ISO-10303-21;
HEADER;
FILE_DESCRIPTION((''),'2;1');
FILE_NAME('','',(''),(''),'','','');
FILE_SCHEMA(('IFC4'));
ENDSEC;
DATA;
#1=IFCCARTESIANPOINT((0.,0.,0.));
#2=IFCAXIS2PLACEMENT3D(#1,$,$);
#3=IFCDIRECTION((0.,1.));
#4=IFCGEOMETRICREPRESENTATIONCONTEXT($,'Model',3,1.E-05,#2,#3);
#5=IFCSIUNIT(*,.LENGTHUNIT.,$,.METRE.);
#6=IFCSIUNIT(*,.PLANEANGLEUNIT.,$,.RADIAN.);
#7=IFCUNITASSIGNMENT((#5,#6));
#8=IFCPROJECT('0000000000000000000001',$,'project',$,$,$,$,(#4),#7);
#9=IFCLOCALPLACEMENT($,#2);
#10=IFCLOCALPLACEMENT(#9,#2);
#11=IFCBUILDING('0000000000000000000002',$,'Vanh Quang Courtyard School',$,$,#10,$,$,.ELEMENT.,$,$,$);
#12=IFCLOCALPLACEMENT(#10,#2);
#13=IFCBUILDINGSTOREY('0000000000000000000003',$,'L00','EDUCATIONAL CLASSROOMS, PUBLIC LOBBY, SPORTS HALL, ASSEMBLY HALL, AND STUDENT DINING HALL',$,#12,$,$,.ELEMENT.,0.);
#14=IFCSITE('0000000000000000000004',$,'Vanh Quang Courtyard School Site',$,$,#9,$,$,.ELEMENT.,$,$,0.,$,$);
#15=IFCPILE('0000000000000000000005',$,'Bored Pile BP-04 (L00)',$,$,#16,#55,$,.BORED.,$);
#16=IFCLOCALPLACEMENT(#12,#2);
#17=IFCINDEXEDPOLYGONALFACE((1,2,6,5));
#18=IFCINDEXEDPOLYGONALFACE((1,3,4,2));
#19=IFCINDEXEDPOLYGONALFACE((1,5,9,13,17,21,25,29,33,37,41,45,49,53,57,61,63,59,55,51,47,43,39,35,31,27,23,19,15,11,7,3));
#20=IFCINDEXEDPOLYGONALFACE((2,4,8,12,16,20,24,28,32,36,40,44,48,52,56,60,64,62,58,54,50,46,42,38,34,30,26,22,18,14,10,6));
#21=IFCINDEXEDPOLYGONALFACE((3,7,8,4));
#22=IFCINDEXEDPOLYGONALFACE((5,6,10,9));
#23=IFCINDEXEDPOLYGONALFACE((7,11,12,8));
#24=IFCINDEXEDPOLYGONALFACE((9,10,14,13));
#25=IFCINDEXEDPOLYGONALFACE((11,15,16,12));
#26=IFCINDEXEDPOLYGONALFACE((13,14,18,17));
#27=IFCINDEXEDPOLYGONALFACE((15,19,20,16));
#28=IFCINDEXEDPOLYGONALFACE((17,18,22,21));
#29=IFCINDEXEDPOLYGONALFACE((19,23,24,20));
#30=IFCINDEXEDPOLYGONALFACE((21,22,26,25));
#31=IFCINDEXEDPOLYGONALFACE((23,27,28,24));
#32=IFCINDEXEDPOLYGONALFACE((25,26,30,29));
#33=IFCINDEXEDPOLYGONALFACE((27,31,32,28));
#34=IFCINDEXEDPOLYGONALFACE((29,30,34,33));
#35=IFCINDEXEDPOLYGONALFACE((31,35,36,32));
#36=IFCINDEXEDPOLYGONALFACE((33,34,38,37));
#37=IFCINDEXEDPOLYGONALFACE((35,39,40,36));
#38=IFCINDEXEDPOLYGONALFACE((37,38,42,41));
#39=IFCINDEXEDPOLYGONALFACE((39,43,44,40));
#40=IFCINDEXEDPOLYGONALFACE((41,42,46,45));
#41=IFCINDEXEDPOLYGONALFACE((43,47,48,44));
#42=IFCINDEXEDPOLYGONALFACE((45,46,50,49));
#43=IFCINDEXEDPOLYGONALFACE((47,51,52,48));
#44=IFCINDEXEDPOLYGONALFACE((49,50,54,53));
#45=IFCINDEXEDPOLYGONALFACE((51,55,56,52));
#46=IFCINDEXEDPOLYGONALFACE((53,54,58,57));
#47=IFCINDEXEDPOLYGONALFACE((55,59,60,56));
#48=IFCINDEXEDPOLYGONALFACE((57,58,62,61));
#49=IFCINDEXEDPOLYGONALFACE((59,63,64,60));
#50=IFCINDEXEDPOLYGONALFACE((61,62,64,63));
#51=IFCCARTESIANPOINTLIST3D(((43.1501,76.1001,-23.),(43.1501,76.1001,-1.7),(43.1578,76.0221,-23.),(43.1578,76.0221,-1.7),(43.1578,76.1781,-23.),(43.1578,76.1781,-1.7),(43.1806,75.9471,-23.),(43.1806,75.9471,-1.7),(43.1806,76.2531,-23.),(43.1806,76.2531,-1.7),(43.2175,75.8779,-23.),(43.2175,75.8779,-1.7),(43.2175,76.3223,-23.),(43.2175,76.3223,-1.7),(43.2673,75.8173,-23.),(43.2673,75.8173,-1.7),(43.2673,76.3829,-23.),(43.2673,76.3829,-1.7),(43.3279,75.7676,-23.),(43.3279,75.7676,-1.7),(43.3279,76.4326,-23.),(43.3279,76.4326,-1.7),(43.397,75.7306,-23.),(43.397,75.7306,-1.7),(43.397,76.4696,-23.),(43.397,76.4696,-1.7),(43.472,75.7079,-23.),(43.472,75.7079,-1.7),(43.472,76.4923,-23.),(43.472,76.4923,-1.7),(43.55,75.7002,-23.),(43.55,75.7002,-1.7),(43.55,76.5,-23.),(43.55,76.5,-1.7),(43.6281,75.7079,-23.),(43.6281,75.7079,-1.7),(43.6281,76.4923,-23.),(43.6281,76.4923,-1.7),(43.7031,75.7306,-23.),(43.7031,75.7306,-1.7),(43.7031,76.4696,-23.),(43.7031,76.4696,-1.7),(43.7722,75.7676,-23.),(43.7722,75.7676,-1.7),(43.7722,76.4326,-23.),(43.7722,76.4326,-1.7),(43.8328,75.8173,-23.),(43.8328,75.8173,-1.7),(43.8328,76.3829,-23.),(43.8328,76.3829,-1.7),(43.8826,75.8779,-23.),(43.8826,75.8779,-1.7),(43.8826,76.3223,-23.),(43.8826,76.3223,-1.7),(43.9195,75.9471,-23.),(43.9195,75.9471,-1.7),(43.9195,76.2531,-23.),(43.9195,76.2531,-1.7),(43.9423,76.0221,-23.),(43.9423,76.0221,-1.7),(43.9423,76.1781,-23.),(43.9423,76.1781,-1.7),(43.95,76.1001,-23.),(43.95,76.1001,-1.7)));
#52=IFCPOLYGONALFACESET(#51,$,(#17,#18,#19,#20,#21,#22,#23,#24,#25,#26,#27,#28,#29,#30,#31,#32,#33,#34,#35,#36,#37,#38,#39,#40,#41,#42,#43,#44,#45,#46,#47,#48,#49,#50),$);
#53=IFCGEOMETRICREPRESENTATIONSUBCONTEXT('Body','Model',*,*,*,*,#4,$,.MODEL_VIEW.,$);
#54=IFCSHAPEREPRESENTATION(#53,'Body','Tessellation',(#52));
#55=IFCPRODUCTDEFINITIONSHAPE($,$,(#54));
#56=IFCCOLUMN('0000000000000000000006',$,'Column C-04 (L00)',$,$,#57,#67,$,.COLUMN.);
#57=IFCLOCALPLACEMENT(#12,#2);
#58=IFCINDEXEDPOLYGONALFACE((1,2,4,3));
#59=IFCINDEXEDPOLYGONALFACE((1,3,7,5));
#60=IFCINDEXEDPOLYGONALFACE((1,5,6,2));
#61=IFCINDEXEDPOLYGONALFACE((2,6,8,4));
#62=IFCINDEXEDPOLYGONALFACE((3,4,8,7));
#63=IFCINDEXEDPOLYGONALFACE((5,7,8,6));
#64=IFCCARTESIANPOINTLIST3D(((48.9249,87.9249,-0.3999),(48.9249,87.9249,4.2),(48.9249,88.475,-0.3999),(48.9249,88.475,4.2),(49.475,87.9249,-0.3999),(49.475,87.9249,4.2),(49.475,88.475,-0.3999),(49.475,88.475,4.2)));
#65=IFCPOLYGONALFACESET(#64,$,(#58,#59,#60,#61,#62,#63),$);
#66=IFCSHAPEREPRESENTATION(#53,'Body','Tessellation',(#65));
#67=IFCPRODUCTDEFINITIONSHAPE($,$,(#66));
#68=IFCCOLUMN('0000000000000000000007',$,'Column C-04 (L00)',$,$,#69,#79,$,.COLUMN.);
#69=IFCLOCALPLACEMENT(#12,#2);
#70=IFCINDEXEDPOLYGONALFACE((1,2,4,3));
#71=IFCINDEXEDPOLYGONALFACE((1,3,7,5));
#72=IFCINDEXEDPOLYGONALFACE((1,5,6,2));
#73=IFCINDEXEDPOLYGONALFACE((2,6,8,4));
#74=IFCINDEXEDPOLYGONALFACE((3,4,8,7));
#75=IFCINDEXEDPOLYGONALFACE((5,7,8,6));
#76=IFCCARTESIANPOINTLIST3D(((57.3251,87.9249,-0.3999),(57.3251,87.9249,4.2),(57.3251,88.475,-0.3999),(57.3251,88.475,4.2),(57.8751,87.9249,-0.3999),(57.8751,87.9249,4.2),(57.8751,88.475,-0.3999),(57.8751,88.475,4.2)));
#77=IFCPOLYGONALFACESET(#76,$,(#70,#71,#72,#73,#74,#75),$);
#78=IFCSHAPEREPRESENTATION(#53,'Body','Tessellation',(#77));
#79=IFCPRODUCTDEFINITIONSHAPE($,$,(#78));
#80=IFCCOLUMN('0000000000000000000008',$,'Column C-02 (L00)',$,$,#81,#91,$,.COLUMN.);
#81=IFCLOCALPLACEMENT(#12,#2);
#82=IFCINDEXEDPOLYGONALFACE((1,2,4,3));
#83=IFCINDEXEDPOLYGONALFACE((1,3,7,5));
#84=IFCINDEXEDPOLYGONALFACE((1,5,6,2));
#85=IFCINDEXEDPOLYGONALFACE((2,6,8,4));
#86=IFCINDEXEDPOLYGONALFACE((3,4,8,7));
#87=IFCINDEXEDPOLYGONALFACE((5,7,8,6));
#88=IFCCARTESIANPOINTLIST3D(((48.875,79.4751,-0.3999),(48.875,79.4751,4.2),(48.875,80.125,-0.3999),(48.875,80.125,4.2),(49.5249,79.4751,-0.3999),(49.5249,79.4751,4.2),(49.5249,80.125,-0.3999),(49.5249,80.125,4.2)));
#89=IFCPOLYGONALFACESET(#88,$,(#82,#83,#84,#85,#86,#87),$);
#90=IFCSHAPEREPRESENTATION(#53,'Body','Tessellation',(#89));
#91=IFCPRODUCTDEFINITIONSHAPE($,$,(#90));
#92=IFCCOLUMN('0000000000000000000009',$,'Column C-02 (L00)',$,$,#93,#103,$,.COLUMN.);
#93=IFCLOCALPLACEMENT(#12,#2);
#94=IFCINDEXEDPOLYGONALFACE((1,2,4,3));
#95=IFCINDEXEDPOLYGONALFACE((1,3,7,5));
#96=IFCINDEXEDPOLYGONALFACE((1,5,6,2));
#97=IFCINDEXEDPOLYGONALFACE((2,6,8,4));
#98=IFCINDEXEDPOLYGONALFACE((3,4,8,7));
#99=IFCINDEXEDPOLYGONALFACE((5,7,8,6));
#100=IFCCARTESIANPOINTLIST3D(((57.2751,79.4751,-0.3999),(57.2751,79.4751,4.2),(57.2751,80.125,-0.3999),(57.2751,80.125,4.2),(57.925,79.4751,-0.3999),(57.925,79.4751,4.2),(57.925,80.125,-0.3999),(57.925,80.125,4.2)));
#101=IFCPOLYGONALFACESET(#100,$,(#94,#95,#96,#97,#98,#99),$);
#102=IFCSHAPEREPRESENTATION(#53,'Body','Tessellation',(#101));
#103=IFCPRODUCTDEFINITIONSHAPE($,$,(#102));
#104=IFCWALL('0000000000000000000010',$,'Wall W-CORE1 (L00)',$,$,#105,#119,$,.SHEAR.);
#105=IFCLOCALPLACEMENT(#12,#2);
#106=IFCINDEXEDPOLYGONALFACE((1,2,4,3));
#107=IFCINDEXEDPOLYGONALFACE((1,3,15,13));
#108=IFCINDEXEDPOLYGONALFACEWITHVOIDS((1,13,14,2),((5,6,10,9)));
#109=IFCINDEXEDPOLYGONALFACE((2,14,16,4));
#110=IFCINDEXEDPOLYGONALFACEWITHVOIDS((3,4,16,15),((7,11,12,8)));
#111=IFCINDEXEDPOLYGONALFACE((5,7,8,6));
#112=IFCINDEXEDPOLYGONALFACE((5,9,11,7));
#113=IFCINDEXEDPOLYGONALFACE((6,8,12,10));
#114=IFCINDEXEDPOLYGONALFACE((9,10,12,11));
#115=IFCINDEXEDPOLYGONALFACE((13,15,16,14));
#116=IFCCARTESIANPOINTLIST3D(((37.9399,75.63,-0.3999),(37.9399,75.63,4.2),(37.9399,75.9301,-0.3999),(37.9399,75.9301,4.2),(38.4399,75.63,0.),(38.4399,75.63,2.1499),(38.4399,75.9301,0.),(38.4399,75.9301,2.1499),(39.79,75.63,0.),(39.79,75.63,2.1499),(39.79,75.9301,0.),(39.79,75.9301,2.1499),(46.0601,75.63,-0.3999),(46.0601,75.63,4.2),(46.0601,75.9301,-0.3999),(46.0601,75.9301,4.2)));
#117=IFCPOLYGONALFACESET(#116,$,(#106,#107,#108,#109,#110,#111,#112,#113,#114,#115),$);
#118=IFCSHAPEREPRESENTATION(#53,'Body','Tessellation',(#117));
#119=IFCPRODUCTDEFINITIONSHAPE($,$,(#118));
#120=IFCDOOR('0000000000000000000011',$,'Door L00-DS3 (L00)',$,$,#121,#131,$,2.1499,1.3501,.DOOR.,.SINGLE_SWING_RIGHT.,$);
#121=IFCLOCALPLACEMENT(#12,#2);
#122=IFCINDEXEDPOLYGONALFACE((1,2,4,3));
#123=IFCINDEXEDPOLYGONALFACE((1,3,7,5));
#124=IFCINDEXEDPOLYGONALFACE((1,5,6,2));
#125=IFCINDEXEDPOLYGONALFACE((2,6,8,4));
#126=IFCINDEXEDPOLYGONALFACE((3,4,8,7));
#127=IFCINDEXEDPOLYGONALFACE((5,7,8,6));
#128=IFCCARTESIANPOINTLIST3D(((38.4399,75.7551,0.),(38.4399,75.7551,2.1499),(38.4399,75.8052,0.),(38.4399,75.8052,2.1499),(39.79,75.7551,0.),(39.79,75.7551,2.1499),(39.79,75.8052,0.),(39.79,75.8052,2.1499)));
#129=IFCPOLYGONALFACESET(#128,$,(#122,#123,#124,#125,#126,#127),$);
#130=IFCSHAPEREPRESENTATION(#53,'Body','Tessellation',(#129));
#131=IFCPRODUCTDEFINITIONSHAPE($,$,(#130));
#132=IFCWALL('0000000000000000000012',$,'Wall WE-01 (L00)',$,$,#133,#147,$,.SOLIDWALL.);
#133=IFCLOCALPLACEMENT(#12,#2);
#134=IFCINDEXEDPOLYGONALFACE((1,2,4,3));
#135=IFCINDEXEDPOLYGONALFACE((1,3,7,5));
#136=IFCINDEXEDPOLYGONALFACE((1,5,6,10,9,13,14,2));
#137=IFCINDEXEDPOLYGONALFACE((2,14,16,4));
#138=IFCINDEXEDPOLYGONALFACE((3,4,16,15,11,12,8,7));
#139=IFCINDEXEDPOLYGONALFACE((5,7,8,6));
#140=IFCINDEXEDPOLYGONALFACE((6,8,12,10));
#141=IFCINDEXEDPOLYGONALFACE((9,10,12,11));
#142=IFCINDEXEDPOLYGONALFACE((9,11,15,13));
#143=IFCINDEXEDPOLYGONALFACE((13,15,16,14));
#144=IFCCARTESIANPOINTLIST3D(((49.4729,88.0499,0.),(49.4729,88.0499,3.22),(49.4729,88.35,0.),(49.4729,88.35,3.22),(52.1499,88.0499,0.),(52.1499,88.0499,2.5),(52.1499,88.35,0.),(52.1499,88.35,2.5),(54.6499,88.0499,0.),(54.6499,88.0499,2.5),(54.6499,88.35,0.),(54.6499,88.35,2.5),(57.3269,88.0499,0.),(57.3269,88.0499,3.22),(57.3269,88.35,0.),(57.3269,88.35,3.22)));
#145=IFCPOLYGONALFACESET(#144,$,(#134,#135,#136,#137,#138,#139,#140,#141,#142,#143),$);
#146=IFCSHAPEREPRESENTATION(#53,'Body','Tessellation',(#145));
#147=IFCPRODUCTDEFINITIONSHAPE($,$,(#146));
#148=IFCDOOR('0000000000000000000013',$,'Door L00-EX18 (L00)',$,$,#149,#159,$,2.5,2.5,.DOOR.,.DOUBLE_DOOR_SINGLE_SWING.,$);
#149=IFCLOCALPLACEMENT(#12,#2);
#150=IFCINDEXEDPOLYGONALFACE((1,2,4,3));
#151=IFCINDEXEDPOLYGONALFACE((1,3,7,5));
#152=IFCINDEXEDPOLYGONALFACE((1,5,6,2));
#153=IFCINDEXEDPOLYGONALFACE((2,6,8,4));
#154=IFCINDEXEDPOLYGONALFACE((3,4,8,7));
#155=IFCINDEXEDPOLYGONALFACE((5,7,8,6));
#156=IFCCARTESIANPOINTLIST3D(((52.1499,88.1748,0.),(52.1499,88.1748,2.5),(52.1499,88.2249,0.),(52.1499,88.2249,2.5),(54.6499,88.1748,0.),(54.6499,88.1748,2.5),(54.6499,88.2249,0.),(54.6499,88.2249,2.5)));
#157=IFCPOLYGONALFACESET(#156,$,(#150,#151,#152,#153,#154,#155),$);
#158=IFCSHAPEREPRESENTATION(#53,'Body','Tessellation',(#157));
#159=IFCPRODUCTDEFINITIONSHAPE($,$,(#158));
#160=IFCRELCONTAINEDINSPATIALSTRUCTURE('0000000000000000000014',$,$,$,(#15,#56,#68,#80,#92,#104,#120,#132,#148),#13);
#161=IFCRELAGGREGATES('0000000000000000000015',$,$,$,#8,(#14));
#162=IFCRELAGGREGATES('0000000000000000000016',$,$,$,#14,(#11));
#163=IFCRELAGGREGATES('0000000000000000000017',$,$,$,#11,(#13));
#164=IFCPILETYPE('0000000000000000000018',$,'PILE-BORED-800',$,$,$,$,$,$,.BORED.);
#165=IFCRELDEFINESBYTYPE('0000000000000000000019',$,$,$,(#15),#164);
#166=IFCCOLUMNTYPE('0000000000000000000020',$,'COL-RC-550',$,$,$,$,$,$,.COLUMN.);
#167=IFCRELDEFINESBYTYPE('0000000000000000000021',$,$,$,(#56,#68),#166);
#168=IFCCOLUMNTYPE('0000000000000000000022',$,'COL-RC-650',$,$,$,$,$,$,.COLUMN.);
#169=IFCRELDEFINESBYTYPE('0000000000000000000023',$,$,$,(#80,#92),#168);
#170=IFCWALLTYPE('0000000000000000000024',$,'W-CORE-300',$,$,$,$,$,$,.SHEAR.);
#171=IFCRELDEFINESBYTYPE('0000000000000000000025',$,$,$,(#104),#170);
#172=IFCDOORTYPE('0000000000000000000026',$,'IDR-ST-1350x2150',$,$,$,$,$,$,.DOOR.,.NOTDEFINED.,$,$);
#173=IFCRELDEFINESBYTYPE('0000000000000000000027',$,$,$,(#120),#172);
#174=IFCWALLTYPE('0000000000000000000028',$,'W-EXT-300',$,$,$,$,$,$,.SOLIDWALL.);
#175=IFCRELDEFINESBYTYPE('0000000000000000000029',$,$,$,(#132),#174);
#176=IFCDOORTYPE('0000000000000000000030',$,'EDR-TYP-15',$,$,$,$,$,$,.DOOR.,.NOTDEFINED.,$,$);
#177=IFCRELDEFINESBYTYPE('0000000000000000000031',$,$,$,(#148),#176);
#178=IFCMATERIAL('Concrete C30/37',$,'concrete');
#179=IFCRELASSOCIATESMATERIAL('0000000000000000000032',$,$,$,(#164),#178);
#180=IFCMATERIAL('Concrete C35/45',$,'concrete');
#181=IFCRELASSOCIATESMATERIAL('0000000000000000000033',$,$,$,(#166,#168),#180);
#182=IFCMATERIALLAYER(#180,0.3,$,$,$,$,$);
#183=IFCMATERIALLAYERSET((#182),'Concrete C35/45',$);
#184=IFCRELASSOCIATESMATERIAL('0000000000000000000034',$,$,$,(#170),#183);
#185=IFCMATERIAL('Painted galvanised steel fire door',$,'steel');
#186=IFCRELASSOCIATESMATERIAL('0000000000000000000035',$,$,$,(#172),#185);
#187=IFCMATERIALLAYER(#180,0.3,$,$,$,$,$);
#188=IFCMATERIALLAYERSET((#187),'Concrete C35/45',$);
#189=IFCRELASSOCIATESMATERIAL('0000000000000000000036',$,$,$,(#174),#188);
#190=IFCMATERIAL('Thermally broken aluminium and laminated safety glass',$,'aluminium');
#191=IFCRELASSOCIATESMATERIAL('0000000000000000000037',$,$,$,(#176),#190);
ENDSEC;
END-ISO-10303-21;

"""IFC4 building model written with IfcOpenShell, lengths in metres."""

from ifc_helpers import new_model, si_unit, direction, frame, frame_2d, origin, origin_2d, place, context, subcontext, project, spatial, rectangle, circle, extrude, material, layer, layer_set, material_profile, profile_set, type_object, element, fill, save


model = new_model("IFC4")

# Units and contexts
model_context = context("Model", 3, precision=1e-05, world=origin(), true_north=direction((0.0, 1.0)))
body_context = subcontext(model_context, "Body", "Model", "MODEL_VIEW")
ifc_project = project(units=[si_unit("LENGTHUNIT", "METRE"), si_unit("PLANEANGLEUNIT", "RADIAN")], contexts=[model_context])

# Site, building, storey
site_placement = place(None, origin())
site = spatial("IfcSite", under=ifc_project, at=site_placement, Name="Vanh Quang Courtyard School Site", CompositionType="ELEMENT", RefElevation=0.0)
building_placement = place(site_placement, origin())
building = spatial("IfcBuilding", under=site, at=building_placement, Name="Vanh Quang Courtyard School", CompositionType="ELEMENT")
storey_placement = place(building_placement, origin())
storey = spatial("IfcBuildingStorey", under=building, at=storey_placement, Name="L00", Description="EDUCATIONAL CLASSROOMS, PUBLIC LOBBY, SPORTS HALL, ASSEMBLY HALL, AND STUDENT DINING HALL", CompositionType="ELEMENT", Elevation=0.0)

# Shared definitions
ifc_material_1 = material(Name="Concrete C35/45", Category="concrete")

# Pile
ifc_material_2 = material(Name="Concrete C30/37", Category="concrete")
ifc_material_profile_1 = material_profile(ifc_material_2, circle(Radius=0.3999, at=origin_2d()), Name="PILE D800")
ifc_profile_set_1 = profile_set([ifc_material_profile_1], Name="Concrete C30/37")
pile_type_1 = type_object("IfcPileType", Name="PILE-BORED-800", PredefinedType="BORED", material=ifc_profile_set_1)
for number, where, z_axis, x_axis, name in (
    (1, (43.55, 76.1001, -1.7), (0.0, 0.0, -1.0), (1.0, 0.0, 0.0), "Bored Pile BP-04 (L00)"),
):
    element("IfcPile", number, at=place(storey_placement, frame(where, z_axis=z_axis, x_axis=x_axis)), inside=storey, type_object=pile_type_1, Name=name, PredefinedType="BORED", context=body_context, shape_type="SweptSolid", body=[
        extrude(circle(Radius=0.3999, at=origin_2d()), origin(), (0.0, 0.0, 1.0), 21.3),
    ])

# Columns
ifc_material_profile_2 = material_profile(ifc_material_1, rectangle(XDim=0.55, YDim=0.55, at=origin_2d()), Name="RC-COL 550x550")
ifc_profile_set_2 = profile_set([ifc_material_profile_2], Name="Concrete C35/45")
column_type_1 = type_object("IfcColumnType", Name="COL-RC-550", PredefinedType="COLUMN", material=ifc_profile_set_2)
for number, where, z_axis, x_axis, name in (
    (2, (49.2, 88.2, -0.3999), (0.0, 0.0, 1.0), (1.0, 0.0, 0.0), "Column C-04 (L00)"),
    (3, (57.6001, 88.2, -0.3999), (0.0, 0.0, 1.0), (1.0, 0.0, 0.0), "Column C-04 (L00)"),
):
    element("IfcColumn", number, at=place(storey_placement, frame(where, z_axis=z_axis, x_axis=x_axis)), inside=storey, type_object=column_type_1, Name=name, PredefinedType="COLUMN", context=body_context, shape_type="SweptSolid", body=[
        extrude(rectangle(XDim=0.55, YDim=0.55, at=origin_2d()), origin(), (0.0, 0.0, 1.0), 4.5999),
    ])
ifc_material_profile_3 = material_profile(ifc_material_1, rectangle(XDim=0.6499, YDim=0.6499, at=origin_2d()), Name="RC-COL 650x650")
ifc_profile_set_3 = profile_set([ifc_material_profile_3], Name="Concrete C35/45")
column_type_2 = type_object("IfcColumnType", Name="COL-RC-650", PredefinedType="COLUMN", material=ifc_profile_set_3)
for number, where, z_axis, x_axis, name in (
    (4, (49.2, 79.8, -0.3999), (0.0, 0.0, 1.0), (1.0, 0.0, 0.0), "Column C-02 (L00)"),
    (5, (57.6001, 79.8, -0.3999), (0.0, 0.0, 1.0), (1.0, 0.0, 0.0), "Column C-02 (L00)"),
):
    element("IfcColumn", number, at=place(storey_placement, frame(where, z_axis=z_axis, x_axis=x_axis)), inside=storey, type_object=column_type_2, Name=name, PredefinedType="COLUMN", context=body_context, shape_type="SweptSolid", body=[
        extrude(rectangle(XDim=0.6499, YDim=0.6499, at=origin_2d()), origin(), (0.0, 0.0, 1.0), 4.5999),
    ])

# Walls, openings, doors
ifc_layer_1 = layer(ifc_material_1, 0.3)
ifc_layer_set_1 = layer_set([ifc_layer_1], Name="Concrete C35/45")
wall_type_1 = type_object("IfcWallType", Name="W-CORE-300", PredefinedType="SHEAR", material=ifc_layer_set_1)
wall_1_placement = place(storey_placement, frame((46.0601, 75.78, -0.3999), z_axis=(0.0, 0.0, 1.0), x_axis=(-1.0, 0.0, 0.0)))
wall_1 = element("IfcWall", 6, at=wall_1_placement, inside=storey, type_object=wall_type_1, Name="Wall W-CORE1 (L00)", PredefinedType="SHEAR", context=body_context, shape_type="SweptSolid", body=[
    extrude(rectangle(XDim=8.1201, YDim=0.3, at=frame_2d((4.0601, 0.0))), origin(), (0.0, 0.0, 1.0), 4.5999),
])
opening_1_placement = place(wall_1_placement, frame((6.27, 0.0, 0.3999)))
opening_1 = element("IfcOpeningElement", 7, at=opening_1_placement, cuts=wall_1, PredefinedType="OPENING", context=body_context, shape_type="SweptSolid", body=[
    extrude(rectangle(XDim=1.3501, YDim=2.1499, at=frame_2d((0.675, 1.075))), frame((0.0, 0.1602, 0.0), z_axis=(0.0, -1.0, 0.0), x_axis=(1.0, 0.0, 0.0)), (0.0, 0.0, 1.0), 0.3201),
])
ifc_material_3 = material(Name="Painted galvanised steel fire door", Category="steel")
door_type_1 = type_object("IfcDoorType", Name="IDR-ST-1350x2150", OperationType="NOTDEFINED", PredefinedType="DOOR", material=ifc_material_3)
door_1_placement = place(opening_1_placement, origin())
door_1 = element("IfcDoor", 8, at=door_1_placement, inside=storey, type_object=door_type_1, Name="Door L00-DS3 (L00)", OperationType="SINGLE_SWING_RIGHT", OverallHeight=2.1499, OverallWidth=1.3501, PredefinedType="DOOR", context=body_context, shape_type="SweptSolid", body=[
    extrude(rectangle(XDim=1.3501, YDim=2.1499, at=frame_2d((0.675, 1.075))), frame((0.0, 0.0249, 0.0), z_axis=(0.0, -1.0, 0.0), x_axis=(1.0, 0.0, 0.0)), (0.0, 0.0, 1.0), 0.05),
])
fill(opening_1, door_1)
ifc_layer_2 = layer(ifc_material_1, 0.3)
ifc_layer_set_2 = layer_set([ifc_layer_2], Name="Concrete C35/45")
wall_type_2 = type_object("IfcWallType", Name="W-EXT-300", PredefinedType="SOLIDWALL", material=ifc_layer_set_2)
ifc_material_4 = material(Name="Thermally broken aluminium and laminated safety glass", Category="aluminium")
wall_2_placement = place(storey_placement, frame((49.4729, 88.2, 0.0), z_axis=(0.0, 0.0, 1.0), x_axis=(1.0, 0.0, 0.0)))
wall_2 = element("IfcWall", 9, at=wall_2_placement, inside=storey, type_object=wall_type_2, Name="Wall WE-01 (L00)", PredefinedType="SOLIDWALL", context=body_context, shape_type="SweptSolid", body=[
    extrude(rectangle(XDim=7.854, YDim=0.3, at=frame_2d((3.927, 0.0))), origin(), (0.0, 0.0, 1.0), 3.22),
])
opening_2_placement = place(wall_2_placement, frame((2.677, 0.0, 0.0)))
opening_2 = element("IfcOpeningElement", 10, at=opening_2_placement, cuts=wall_2, PredefinedType="OPENING", context=body_context, shape_type="SweptSolid", body=[
    extrude(rectangle(XDim=2.5, YDim=2.5, at=frame_2d((1.25, 1.25))), frame((0.0, 0.1602, 0.0), z_axis=(0.0, -1.0, 0.0), x_axis=(1.0, 0.0, 0.0)), (0.0, 0.0, 1.0), 0.3201),
])
door_type_2 = type_object("IfcDoorType", Name="EDR-TYP-15", OperationType="NOTDEFINED", PredefinedType="DOOR", material=ifc_material_4)
door_2_placement = place(opening_2_placement, origin())
door_2 = element("IfcDoor", 11, at=door_2_placement, inside=storey, type_object=door_type_2, Name="Door L00-EX18 (L00)", OperationType="DOUBLE_DOOR_SINGLE_SWING", OverallHeight=2.5, OverallWidth=2.5, PredefinedType="DOOR", context=body_context, shape_type="SweptSolid", body=[
    extrude(rectangle(XDim=2.5, YDim=2.5, at=frame_2d((1.25, 1.25))), frame((0.0, 0.0249, 0.0), z_axis=(0.0, -1.0, 0.0), x_axis=(1.0, 0.0, 0.0)), (0.0, 0.0, 1.0), 0.05),
])
fill(opening_2, door_2)

save(model, "model.ifc")
